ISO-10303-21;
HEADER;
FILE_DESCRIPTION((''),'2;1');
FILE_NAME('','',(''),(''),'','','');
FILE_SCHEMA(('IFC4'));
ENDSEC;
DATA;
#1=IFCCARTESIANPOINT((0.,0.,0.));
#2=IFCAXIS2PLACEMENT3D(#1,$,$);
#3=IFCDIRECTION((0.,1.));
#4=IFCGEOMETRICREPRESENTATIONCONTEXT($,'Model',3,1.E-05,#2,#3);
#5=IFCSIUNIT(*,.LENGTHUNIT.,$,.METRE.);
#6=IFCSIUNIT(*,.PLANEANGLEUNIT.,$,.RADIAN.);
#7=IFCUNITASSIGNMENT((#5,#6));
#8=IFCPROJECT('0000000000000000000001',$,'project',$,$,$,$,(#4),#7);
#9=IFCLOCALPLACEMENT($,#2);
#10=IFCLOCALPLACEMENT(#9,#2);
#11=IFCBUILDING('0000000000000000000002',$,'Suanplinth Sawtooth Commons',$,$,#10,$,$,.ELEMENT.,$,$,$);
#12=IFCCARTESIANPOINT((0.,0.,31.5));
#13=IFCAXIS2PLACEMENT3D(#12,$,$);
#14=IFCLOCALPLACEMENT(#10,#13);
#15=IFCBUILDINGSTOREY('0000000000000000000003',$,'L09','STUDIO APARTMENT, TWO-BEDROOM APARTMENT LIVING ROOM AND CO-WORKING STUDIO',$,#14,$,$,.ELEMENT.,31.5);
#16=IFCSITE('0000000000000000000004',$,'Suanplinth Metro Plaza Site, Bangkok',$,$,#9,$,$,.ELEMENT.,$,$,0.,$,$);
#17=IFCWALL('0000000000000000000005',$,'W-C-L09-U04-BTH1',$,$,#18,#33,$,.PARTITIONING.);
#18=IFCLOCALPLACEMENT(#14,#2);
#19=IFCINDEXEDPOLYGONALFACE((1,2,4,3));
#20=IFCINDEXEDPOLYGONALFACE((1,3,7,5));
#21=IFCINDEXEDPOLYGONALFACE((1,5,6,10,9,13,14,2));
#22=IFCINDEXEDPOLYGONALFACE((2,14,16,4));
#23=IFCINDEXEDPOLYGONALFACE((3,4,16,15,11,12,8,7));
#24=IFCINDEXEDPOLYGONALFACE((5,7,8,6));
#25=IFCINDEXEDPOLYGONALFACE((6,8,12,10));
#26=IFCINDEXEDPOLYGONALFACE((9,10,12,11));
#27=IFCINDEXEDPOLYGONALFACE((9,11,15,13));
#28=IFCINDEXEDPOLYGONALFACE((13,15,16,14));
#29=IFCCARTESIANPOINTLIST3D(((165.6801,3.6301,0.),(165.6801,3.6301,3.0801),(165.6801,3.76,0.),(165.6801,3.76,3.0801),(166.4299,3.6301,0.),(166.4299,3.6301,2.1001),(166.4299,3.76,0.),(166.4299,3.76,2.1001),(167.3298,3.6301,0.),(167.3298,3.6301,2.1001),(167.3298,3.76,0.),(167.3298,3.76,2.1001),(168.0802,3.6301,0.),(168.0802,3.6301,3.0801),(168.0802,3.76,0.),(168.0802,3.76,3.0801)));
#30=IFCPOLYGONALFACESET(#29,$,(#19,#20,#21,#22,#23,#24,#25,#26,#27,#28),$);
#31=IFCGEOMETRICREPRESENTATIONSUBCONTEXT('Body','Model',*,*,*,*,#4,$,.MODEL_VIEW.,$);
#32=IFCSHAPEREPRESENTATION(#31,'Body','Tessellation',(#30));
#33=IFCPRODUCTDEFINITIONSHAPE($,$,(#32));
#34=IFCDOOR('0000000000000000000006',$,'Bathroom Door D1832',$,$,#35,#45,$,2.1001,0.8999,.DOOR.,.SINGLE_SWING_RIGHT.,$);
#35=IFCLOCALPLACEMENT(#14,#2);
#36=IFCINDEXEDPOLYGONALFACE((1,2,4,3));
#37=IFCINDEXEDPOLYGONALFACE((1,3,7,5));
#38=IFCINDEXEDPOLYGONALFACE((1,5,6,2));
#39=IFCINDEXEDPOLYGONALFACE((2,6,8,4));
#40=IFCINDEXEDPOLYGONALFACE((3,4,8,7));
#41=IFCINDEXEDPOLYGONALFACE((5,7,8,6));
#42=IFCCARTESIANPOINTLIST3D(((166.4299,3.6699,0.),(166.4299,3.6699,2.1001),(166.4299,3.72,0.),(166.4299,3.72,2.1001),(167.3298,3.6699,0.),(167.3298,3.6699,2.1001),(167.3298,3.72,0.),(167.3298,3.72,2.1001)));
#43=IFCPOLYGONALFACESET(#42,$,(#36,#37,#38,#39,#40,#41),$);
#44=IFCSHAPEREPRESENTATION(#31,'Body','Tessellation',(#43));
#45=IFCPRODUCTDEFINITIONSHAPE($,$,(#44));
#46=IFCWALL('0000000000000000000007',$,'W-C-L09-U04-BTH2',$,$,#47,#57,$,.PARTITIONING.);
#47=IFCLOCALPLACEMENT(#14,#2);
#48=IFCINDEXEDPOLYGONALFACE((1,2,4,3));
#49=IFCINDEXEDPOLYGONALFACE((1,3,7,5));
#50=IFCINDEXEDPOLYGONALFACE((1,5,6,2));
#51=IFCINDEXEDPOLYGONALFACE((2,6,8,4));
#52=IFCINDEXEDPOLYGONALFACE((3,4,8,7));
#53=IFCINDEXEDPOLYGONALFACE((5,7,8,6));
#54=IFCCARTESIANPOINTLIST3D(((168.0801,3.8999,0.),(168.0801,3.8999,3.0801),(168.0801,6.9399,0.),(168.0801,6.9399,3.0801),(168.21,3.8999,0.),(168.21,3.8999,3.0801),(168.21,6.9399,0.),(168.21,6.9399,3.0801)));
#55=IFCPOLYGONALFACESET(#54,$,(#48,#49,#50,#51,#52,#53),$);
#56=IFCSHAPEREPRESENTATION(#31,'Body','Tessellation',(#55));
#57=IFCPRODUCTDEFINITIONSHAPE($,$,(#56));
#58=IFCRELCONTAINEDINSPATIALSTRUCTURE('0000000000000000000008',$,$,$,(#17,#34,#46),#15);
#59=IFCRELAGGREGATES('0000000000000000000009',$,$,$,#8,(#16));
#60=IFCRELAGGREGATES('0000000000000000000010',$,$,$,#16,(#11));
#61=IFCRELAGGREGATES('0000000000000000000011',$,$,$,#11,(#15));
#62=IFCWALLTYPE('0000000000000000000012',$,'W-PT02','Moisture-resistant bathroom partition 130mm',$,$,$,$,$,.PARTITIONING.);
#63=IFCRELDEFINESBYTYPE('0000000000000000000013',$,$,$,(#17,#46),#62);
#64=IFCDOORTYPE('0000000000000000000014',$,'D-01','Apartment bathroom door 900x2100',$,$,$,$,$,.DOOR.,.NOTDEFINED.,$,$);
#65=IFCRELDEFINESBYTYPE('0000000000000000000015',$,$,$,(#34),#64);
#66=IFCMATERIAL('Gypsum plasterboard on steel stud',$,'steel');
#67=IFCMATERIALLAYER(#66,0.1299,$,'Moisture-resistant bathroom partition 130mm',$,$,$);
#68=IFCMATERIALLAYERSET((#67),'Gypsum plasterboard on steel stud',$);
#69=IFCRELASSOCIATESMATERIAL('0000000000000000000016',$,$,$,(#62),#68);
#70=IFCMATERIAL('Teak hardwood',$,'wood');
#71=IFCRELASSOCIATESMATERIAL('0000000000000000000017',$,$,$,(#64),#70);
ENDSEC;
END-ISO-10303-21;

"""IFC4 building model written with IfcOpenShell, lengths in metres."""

from ifc_helpers import new_model, si_unit, direction, frame, frame_2d, origin, place, context, subcontext, project, spatial, rectangle, extrude, material, layer, layer_set, type_object, element, fill, save


model = new_model("IFC4")

# Units and contexts
model_context = context("Model", 3, precision=1e-05, world=origin(), true_north=direction((0.0, 1.0)))
body_context = subcontext(model_context, "Body", "Model", "MODEL_VIEW")
ifc_project = project(units=[si_unit("LENGTHUNIT", "METRE"), si_unit("PLANEANGLEUNIT", "RADIAN")], contexts=[model_context])

# Site, building, storey
site_placement = place(None, origin())
site = spatial("IfcSite", under=ifc_project, at=site_placement, Name="Suanplinth Metro Plaza Site, Bangkok", CompositionType="ELEMENT", RefElevation=0.0)
building_placement = place(site_placement, origin())
building = spatial("IfcBuilding", under=site, at=building_placement, Name="Suanplinth Sawtooth Commons", CompositionType="ELEMENT")
storey_placement = place(building_placement, frame((0.0, 0.0, 31.5)))
storey = spatial("IfcBuildingStorey", under=building, at=storey_placement, Name="L09", Description="STUDIO APARTMENT, TWO-BEDROOM APARTMENT LIVING ROOM AND CO-WORKING STUDIO", CompositionType="ELEMENT", Elevation=31.5)

# Shared definitions
ifc_material_1 = material(Name="Gypsum plasterboard on steel stud", Category="steel")
ifc_material_2 = material(Name="Teak hardwood", Category="wood")

# Wall, opening, door
ifc_layer_1 = layer(ifc_material_1, 0.1299, Name="Moisture-resistant bathroom partition 130mm")
ifc_layer_set_1 = layer_set([ifc_layer_1], Name="Gypsum plasterboard on steel stud")
wall_type_1 = type_object("IfcWallType", Name="W-PT02", Description="Moisture-resistant bathroom partition 130mm", PredefinedType="PARTITIONING", material=ifc_layer_set_1)
wall_1_placement = place(storey_placement, frame((165.6799, 3.6951, 0.0), z_axis=(0.0, 0.0, 1.0), x_axis=(1.0, 0.0, 0.0)))
wall_1 = element("IfcWall", 1, at=wall_1_placement, inside=storey, type_object=wall_type_1, Name="W-C-L09-U04-BTH1", PredefinedType="PARTITIONING", context=body_context, shape_type="SweptSolid", body=[
    extrude(rectangle(XDim=2.4001, YDim=0.1299, at=frame_2d((1.2002, 0.0))), origin(), (0.0, 0.0, 1.0), 3.0801),
])
opening_1_placement = place(wall_1_placement, frame((0.75, 0.0, 0.0)))
opening_1 = element("IfcOpeningElement", 2, at=opening_1_placement, cuts=wall_1, PredefinedType="OPENING", context=body_context, shape_type="SweptSolid", body=[
    extrude(rectangle(XDim=0.8999, YDim=2.1001, at=frame_2d((0.45, 1.05))), frame((0.0, 0.0798, 0.0), z_axis=(0.0, -1.0, 0.0), x_axis=(1.0, 0.0, 0.0)), (0.0, 0.0, 1.0), 0.1597),
])
door_type_1 = type_object("IfcDoorType", Name="D-01", Description="Apartment bathroom door 900x2100", OperationType="NOTDEFINED", PredefinedType="DOOR", material=ifc_material_2)
door_1_placement = place(opening_1_placement, origin())
door_1 = element("IfcDoor", 3, at=door_1_placement, inside=storey, type_object=door_type_1, Name="Bathroom Door D1832", OperationType="SINGLE_SWING_RIGHT", OverallHeight=2.1001, OverallWidth=0.8999, PredefinedType="DOOR", context=body_context, shape_type="SweptSolid", body=[
    extrude(rectangle(XDim=0.8999, YDim=2.1001, at=frame_2d((0.45, 1.05))), frame((0.0, 0.0249, 0.0), z_axis=(0.0, -1.0, 0.0), x_axis=(1.0, 0.0, 0.0)), (0.0, 0.0, 1.0), 0.05),
])
fill(opening_1, door_1)

# Wall
wall_2_placement = place(storey_placement, frame((168.145, 3.8999, 0.0), z_axis=(0.0, 0.0, 1.0), x_axis=(0.0, 1.0, 0.0)))
element("IfcWall", 4, at=wall_2_placement, inside=storey, type_object=wall_type_1, Name="W-C-L09-U04-BTH2", PredefinedType="PARTITIONING", context=body_context, shape_type="SweptSolid", body=[
    extrude(rectangle(XDim=3.04, YDim=0.1299, at=frame_2d((1.52, 0.0))), origin(), (0.0, 0.0, 1.0), 3.0801),
])

save(model, "model.ifc")
